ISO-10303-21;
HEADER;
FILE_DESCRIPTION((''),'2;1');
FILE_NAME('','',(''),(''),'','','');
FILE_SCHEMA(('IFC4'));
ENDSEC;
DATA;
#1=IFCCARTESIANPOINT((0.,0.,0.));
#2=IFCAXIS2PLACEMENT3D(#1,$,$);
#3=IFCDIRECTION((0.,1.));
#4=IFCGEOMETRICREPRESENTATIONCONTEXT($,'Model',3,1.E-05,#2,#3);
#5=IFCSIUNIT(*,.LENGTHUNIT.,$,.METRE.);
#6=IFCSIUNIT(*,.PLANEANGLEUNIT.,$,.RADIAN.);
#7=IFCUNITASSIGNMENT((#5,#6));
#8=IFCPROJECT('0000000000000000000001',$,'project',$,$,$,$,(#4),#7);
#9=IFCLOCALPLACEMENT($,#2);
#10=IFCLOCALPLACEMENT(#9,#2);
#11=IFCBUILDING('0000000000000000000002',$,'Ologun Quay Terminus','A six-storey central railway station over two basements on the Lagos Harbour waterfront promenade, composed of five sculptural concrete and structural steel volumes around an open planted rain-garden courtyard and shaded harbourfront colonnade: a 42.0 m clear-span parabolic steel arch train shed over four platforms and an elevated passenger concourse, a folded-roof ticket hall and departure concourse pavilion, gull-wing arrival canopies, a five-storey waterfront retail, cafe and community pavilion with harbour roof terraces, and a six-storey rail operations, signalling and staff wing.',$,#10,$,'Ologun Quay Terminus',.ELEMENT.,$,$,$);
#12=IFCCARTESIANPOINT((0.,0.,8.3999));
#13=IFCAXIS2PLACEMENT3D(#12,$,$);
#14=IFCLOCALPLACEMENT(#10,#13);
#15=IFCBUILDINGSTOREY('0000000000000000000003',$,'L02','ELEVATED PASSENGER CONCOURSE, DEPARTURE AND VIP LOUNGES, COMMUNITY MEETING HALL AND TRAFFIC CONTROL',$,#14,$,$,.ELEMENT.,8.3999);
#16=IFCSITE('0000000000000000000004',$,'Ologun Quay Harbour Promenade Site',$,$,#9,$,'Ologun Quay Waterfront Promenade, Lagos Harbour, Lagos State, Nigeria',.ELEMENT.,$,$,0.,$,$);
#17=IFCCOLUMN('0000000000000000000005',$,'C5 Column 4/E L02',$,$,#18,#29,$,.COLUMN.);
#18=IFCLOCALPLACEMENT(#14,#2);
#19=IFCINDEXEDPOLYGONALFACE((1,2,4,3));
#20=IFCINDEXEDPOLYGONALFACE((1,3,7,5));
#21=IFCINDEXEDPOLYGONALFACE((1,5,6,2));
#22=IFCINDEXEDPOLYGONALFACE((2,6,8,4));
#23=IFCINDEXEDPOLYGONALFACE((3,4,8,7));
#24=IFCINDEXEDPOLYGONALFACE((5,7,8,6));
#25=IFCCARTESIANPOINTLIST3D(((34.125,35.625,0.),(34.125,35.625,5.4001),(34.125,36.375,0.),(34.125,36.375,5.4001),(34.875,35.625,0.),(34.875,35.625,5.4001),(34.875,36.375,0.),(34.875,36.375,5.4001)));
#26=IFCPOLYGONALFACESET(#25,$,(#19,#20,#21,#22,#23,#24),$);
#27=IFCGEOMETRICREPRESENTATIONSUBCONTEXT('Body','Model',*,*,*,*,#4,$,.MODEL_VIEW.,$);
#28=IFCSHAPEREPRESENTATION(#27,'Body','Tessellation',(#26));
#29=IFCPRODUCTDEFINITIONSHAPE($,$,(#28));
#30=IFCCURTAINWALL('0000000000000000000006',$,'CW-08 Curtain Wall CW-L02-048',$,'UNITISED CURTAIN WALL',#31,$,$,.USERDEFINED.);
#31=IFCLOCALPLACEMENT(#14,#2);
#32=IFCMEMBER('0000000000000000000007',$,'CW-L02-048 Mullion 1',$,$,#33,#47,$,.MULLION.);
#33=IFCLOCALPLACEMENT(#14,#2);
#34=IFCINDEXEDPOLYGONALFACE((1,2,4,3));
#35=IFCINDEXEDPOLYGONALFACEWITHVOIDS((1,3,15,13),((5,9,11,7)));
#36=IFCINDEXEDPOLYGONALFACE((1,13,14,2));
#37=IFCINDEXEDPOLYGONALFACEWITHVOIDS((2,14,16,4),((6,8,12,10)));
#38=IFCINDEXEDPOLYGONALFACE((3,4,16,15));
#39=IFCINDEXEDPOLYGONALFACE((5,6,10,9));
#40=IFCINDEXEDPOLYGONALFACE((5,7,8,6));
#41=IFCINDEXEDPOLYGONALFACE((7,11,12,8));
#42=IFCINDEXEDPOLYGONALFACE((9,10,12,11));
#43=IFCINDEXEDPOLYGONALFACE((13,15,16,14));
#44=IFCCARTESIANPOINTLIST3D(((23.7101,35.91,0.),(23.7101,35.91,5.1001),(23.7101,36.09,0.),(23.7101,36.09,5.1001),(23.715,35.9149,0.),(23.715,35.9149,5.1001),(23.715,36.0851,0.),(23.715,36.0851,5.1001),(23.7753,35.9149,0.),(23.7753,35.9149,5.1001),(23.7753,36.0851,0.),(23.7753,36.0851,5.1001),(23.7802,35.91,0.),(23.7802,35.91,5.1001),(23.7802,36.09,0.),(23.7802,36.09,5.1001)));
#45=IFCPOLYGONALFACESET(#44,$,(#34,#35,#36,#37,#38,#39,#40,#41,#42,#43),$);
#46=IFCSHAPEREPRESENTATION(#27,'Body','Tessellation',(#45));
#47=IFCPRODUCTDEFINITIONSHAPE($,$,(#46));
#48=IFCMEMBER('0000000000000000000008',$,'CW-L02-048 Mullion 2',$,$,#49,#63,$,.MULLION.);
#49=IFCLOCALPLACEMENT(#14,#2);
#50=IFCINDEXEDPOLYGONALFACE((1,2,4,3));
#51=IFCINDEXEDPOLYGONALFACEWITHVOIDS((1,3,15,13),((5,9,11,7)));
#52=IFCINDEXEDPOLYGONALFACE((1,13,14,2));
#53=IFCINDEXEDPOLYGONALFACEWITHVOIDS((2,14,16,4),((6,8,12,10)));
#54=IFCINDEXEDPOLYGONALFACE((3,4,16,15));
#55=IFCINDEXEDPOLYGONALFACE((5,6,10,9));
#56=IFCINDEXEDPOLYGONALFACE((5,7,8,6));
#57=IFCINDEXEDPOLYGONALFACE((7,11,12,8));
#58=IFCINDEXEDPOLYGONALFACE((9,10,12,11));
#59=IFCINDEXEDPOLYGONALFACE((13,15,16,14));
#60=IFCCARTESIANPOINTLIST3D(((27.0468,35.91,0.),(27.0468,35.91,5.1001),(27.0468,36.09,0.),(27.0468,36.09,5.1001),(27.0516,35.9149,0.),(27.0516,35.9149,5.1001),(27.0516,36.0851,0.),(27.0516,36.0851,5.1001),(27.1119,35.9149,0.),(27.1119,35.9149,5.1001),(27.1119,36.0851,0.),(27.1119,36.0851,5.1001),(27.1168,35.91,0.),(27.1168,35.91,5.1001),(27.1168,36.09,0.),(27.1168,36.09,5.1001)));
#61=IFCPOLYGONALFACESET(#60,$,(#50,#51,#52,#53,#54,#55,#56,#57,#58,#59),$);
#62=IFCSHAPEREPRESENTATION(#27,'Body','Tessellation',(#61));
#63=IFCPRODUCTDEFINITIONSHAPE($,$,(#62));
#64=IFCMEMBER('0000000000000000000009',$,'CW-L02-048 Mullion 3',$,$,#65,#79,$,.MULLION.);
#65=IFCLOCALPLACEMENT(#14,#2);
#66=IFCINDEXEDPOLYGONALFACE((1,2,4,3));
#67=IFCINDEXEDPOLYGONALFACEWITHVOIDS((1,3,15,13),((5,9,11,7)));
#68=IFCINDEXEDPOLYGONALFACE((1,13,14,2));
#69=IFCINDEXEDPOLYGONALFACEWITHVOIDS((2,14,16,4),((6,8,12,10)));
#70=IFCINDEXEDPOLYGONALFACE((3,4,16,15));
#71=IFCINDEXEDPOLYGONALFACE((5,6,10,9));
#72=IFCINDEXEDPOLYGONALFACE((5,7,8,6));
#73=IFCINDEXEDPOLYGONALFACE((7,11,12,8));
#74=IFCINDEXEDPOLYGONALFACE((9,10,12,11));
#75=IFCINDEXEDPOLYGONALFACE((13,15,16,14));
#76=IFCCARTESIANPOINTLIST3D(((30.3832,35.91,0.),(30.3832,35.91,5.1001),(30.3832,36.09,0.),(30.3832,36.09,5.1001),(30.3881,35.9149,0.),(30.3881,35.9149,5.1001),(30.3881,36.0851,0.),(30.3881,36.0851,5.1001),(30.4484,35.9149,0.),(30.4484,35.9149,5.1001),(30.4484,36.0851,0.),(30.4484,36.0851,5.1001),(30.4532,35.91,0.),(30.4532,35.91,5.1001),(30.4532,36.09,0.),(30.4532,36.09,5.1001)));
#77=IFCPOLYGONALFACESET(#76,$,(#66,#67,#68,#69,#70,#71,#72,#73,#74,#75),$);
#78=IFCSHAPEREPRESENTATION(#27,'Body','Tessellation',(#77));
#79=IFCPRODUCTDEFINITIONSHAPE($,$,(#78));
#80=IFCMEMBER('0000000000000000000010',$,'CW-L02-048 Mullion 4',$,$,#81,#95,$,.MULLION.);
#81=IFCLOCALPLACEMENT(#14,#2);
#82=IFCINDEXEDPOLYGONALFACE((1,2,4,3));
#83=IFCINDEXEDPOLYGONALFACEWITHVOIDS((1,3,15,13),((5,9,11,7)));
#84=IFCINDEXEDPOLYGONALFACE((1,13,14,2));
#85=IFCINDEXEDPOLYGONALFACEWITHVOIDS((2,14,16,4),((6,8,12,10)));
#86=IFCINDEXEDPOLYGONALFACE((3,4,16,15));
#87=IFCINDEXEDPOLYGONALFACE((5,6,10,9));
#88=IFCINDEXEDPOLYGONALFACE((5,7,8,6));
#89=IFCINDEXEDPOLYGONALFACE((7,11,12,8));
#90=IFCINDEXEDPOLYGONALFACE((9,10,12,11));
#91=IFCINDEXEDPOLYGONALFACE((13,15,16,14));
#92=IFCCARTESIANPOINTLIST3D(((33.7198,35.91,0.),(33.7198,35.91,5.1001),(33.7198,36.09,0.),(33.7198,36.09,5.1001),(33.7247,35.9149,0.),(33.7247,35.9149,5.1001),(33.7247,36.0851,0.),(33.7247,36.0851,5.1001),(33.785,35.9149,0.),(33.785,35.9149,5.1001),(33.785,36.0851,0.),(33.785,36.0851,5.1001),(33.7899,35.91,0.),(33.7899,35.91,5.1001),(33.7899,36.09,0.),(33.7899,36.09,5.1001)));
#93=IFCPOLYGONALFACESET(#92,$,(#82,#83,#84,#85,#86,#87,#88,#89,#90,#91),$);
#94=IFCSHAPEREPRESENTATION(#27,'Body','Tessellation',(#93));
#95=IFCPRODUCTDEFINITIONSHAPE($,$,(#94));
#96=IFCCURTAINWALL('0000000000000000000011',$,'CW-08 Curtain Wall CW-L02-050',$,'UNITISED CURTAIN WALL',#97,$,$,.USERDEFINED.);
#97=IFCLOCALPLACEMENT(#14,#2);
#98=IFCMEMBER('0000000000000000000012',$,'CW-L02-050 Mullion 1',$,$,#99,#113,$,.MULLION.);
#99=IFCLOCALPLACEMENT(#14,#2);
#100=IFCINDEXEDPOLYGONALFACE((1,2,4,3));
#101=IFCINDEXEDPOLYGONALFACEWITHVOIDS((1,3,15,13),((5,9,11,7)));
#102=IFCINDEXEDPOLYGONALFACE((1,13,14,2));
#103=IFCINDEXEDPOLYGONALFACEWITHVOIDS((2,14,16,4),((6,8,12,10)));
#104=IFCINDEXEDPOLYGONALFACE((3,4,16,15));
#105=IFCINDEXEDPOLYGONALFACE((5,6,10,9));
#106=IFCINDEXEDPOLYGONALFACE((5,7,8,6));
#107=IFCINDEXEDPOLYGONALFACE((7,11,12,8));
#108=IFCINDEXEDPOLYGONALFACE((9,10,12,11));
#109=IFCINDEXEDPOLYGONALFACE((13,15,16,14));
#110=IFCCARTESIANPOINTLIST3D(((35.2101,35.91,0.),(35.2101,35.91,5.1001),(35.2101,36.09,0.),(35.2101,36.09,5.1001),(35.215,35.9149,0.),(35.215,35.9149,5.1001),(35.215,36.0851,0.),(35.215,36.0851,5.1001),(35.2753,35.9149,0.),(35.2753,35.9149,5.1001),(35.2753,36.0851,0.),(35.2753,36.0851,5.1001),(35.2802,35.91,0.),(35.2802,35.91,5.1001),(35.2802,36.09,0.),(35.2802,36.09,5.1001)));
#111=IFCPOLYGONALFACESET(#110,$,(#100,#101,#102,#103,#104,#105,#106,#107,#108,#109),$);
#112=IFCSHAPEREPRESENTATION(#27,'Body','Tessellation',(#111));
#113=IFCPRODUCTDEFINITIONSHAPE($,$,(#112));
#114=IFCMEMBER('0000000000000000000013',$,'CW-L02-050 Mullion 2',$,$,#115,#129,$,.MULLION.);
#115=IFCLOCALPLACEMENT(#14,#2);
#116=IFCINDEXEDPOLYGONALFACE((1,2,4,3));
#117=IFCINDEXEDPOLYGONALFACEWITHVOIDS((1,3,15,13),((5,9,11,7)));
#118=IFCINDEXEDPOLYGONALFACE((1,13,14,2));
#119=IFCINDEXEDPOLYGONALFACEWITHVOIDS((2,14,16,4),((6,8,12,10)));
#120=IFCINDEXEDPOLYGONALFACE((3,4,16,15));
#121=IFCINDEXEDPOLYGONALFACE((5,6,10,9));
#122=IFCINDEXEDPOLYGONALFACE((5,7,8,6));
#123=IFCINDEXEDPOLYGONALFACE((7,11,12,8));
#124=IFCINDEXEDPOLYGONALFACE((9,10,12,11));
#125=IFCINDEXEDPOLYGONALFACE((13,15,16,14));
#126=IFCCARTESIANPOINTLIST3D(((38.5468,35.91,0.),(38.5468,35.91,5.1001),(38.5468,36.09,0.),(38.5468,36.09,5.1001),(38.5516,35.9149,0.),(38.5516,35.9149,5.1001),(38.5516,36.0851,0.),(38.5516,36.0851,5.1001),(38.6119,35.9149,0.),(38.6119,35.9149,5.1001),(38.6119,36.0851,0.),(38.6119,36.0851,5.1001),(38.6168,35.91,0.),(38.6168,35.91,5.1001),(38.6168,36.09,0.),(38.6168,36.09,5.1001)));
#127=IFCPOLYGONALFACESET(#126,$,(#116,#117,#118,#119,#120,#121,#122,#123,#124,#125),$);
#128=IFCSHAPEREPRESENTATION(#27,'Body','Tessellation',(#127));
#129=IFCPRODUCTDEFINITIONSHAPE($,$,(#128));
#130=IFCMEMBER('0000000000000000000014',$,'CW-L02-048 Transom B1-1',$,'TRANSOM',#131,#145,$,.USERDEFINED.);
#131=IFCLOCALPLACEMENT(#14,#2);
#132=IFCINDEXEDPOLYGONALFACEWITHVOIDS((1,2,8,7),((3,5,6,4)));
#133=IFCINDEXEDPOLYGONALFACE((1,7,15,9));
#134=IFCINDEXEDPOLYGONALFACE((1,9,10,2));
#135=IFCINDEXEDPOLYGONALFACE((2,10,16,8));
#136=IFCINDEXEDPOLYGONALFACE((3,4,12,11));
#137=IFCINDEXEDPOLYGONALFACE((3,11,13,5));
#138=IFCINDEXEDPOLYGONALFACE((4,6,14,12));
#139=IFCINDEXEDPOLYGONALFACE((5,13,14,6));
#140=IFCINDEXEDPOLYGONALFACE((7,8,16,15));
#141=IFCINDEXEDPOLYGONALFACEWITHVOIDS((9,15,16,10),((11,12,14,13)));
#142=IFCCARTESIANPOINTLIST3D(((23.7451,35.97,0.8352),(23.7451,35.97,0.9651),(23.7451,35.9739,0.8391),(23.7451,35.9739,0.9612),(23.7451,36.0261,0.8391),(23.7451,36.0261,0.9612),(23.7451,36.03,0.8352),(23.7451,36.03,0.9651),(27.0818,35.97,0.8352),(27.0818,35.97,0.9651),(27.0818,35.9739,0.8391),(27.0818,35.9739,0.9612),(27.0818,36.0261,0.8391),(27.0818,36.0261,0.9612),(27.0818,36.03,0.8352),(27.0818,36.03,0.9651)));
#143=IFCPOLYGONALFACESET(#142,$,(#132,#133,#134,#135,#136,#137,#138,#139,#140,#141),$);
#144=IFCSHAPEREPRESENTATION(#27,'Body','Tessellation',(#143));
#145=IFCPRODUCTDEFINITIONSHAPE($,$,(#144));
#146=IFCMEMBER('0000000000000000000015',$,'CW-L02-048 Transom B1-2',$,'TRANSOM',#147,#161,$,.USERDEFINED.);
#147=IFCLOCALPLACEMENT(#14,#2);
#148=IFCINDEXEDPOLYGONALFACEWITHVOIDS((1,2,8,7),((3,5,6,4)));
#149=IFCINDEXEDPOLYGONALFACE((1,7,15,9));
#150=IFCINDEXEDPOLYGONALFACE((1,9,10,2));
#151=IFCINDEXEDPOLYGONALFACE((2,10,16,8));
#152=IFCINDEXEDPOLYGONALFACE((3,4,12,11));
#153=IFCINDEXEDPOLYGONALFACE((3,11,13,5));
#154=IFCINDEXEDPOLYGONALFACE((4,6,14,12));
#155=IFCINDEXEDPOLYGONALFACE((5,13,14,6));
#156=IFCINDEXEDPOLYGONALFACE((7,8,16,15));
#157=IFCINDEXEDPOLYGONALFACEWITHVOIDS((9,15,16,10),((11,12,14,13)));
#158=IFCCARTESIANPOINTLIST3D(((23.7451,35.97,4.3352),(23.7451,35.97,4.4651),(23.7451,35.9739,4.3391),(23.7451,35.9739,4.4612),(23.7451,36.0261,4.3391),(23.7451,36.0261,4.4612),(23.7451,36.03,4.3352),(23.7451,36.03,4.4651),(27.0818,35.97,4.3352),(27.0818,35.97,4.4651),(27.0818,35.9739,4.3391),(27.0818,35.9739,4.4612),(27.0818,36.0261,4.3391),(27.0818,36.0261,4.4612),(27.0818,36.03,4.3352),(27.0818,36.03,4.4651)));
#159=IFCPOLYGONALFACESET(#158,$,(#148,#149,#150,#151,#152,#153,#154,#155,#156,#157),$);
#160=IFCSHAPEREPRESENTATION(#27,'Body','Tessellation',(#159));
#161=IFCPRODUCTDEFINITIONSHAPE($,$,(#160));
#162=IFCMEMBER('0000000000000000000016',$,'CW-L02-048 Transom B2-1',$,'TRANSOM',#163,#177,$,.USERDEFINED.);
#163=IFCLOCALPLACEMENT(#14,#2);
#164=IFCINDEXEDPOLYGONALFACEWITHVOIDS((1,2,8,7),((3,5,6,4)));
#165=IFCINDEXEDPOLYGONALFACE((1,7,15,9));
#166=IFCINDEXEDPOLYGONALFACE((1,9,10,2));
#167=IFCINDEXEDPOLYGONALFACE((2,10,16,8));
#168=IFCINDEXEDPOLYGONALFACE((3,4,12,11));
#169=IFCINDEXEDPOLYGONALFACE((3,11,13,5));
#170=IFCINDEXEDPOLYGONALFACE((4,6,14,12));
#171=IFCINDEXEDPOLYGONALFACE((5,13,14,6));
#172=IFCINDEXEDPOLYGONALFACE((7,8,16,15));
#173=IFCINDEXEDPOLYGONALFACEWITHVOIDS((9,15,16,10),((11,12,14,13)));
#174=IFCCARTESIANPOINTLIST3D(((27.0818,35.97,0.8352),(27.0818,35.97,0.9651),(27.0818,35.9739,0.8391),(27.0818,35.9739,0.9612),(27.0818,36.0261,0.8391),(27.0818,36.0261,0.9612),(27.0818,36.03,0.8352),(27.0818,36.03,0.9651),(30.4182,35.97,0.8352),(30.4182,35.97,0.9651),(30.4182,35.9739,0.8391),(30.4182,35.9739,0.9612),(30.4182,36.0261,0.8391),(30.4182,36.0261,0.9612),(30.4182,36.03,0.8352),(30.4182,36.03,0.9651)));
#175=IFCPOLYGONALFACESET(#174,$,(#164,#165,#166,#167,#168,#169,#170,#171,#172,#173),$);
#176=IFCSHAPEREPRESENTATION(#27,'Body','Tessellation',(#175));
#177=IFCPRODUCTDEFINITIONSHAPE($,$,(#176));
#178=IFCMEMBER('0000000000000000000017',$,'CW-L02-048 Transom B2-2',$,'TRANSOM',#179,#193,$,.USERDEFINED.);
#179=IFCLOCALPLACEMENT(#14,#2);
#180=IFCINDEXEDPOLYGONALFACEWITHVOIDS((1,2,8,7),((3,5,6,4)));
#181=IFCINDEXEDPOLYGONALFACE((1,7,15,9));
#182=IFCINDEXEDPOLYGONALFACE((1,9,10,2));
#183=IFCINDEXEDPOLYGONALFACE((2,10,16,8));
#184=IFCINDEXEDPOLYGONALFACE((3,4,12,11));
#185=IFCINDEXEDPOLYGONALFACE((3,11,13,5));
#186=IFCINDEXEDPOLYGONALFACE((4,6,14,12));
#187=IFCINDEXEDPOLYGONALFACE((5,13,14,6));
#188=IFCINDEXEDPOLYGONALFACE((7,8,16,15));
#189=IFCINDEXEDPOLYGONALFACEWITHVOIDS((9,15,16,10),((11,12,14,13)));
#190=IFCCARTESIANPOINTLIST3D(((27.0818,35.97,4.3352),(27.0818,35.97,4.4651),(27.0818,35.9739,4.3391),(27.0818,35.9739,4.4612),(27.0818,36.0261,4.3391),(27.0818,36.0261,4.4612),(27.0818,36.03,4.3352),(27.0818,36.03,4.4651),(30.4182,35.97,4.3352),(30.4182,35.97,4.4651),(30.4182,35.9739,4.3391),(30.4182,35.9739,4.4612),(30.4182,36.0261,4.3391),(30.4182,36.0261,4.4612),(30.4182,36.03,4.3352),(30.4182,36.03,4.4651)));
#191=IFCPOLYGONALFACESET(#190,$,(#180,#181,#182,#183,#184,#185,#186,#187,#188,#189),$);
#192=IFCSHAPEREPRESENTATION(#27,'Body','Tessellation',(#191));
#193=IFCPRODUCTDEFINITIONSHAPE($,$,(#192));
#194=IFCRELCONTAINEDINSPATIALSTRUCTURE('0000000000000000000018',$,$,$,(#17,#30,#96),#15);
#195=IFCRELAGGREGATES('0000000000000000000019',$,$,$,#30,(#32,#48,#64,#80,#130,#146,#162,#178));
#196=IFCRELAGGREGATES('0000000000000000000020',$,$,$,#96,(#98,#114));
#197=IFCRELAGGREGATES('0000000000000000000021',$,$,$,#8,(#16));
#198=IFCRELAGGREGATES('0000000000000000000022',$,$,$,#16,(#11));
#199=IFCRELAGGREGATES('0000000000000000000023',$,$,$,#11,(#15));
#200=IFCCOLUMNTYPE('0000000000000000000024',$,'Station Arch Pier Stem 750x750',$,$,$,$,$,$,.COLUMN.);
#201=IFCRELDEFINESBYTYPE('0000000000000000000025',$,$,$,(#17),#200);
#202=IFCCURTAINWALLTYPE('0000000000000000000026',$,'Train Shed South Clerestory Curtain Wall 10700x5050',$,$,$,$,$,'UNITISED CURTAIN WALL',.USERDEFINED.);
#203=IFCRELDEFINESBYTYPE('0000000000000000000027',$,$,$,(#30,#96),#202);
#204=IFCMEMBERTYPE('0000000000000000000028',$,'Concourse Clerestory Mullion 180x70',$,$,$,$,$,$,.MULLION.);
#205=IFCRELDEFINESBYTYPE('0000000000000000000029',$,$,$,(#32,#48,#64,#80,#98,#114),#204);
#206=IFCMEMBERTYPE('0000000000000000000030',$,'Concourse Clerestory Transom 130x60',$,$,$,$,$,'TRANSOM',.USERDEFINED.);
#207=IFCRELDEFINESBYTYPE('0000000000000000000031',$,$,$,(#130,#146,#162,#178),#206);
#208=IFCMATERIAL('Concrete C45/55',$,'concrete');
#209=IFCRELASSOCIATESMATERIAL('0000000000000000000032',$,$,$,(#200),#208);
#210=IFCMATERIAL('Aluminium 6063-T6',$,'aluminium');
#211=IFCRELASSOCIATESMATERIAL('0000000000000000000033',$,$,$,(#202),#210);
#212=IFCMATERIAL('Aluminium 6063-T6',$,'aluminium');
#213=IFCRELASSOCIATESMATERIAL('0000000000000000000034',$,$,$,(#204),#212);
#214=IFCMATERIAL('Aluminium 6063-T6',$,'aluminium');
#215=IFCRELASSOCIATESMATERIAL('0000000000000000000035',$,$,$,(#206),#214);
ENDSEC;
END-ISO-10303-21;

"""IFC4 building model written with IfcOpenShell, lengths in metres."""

from ifc_helpers import new_model, si_unit, direction, frame, origin, origin_2d, place, context, subcontext, project, spatial, rectangle, hollow_rectangle, extrude, material, material_profile, profile_set, type_object, element, aggregate, save


model = new_model("IFC4")

# Units and contexts
model_context = context("Model", 3, precision=1e-05, world=origin(), true_north=direction((0.0, 1.0)))
body_context = subcontext(model_context, "Body", "Model", "MODEL_VIEW")
ifc_project = project(units=[si_unit("LENGTHUNIT", "METRE"), si_unit("PLANEANGLEUNIT", "RADIAN")], contexts=[model_context])

# Site, building, storey
site_placement = place(None, origin())
site = spatial("IfcSite", under=ifc_project, at=site_placement, Name="Ologun Quay Harbour Promenade Site", LongName="Ologun Quay Waterfront Promenade, Lagos Harbour, Lagos State, Nigeria", CompositionType="ELEMENT", RefElevation=0.0)
building_placement = place(site_placement, origin())
building = spatial("IfcBuilding", under=site, at=building_placement, Name="Ologun Quay Terminus", Description="A six-storey central railway station over two basements on the Lagos Harbour waterfront promenade, composed of five sculptural concrete and structural steel volumes around an open planted rain-garden courtyard and shaded harbourfront colonnade: a 42.0 m clear-span parabolic steel arch train shed over four platforms and an elevated passenger concourse, a folded-roof ticket hall and departure concourse pavilion, gull-wing arrival canopies, a five-storey waterfront retail, cafe and community pavilion with harbour roof terraces, and a six-storey rail operations, signalling and staff wing.", LongName="Ologun Quay Terminus", CompositionType="ELEMENT")
storey_placement = place(building_placement, frame((0.0, 0.0, 8.3999)))
storey = spatial("IfcBuildingStorey", under=building, at=storey_placement, Name="L02", Description="ELEVATED PASSENGER CONCOURSE, DEPARTURE AND VIP LOUNGES, COMMUNITY MEETING HALL AND TRAFFIC CONTROL", CompositionType="ELEMENT", Elevation=8.3999)

# Column
ifc_material_1 = material(Name="Concrete C45/55", Category="concrete")
ifc_material_profile_1 = material_profile(ifc_material_1, rectangle(XDim=0.75, YDim=0.75, at=origin_2d()), Name="RC 750x750")
ifc_profile_set_1 = profile_set([ifc_material_profile_1], Name="Concrete C45/55")
column_type = type_object("IfcColumnType", Name="Station Arch Pier Stem 750x750", PredefinedType="COLUMN", material=ifc_profile_set_1)
column_placement = place(storey_placement, frame((34.5, 36.0, 0.0), z_axis=(0.0, 0.0, 1.0), x_axis=(1.0, 0.0, 0.0)))
element("IfcColumn", 1, at=column_placement, inside=storey, type_object=column_type, Name="C5 Column 4/E L02", PredefinedType="COLUMN", context=body_context, shape_type="SweptSolid", body=[
    extrude(rectangle(XDim=0.75, YDim=0.75, at=origin_2d()), origin(), (0.0, 0.0, 1.0), 5.4001),
])

# Curtain walls, members
ifc_material_2 = material(Name="Aluminium 6063-T6", Category="aluminium")
curtain_wall_type = type_object("IfcCurtainWallType", Name="Train Shed South Clerestory Curtain Wall 10700x5050", ElementType="UNITISED CURTAIN WALL", PredefinedType="USERDEFINED", material=ifc_material_2)
curtain_wall_1_placement = place(storey_placement, origin())
curtain_wall_1 = element("IfcCurtainWall", 2, at=curtain_wall_1_placement, inside=storey, type_object=curtain_wall_type, Name="CW-08 Curtain Wall CW-L02-048", ObjectType="UNITISED CURTAIN WALL", PredefinedType="USERDEFINED")
ifc_material_3 = material(Name="Aluminium 6063-T6", Category="aluminium")
ifc_material_profile_2 = material_profile(ifc_material_3, hollow_rectangle(XDim=0.0701, YDim=0.1799, WallThickness=0.0049, at=origin_2d()), Name="ALU 180x70x5")
ifc_profile_set_2 = profile_set([ifc_material_profile_2], Name="Aluminium 6063-T6")
member_type_1 = type_object("IfcMemberType", Name="Concourse Clerestory Mullion 180x70", PredefinedType="MULLION", material=ifc_profile_set_2)
member_1_placement = place(storey_placement, frame((23.7451, 36.0, 0.0), z_axis=(0.0, 0.0, 1.0), x_axis=(1.0, 0.0, 0.0)))
member_1 = element("IfcMember", 3, at=member_1_placement, type_object=member_type_1, Name="CW-L02-048 Mullion 1", PredefinedType="MULLION", context=body_context, shape_type="SweptSolid", body=[
    extrude(hollow_rectangle(XDim=0.0701, YDim=0.1799, WallThickness=0.0049, at=origin_2d()), origin(), (0.0, 0.0, 1.0), 5.1001),
])
member_2_placement = place(storey_placement, frame((27.0818, 36.0, 0.0), z_axis=(0.0, 0.0, 1.0), x_axis=(1.0, 0.0, 0.0)))
member_2 = element("IfcMember", 4, at=member_2_placement, type_object=member_type_1, Name="CW-L02-048 Mullion 2", PredefinedType="MULLION", context=body_context, shape_type="SweptSolid", body=[
    extrude(hollow_rectangle(XDim=0.0701, YDim=0.1799, WallThickness=0.0049, at=origin_2d()), origin(), (0.0, 0.0, 1.0), 5.1001),
])
member_3_placement = place(storey_placement, frame((30.4182, 36.0, 0.0), z_axis=(0.0, 0.0, 1.0), x_axis=(1.0, 0.0, 0.0)))
member_3 = element("IfcMember", 5, at=member_3_placement, type_object=member_type_1, Name="CW-L02-048 Mullion 3", PredefinedType="MULLION", context=body_context, shape_type="SweptSolid", body=[
    extrude(hollow_rectangle(XDim=0.0701, YDim=0.1799, WallThickness=0.0049, at=origin_2d()), origin(), (0.0, 0.0, 1.0), 5.1001),
])
member_4_placement = place(storey_placement, frame((33.7549, 36.0, 0.0), z_axis=(0.0, 0.0, 1.0), x_axis=(1.0, 0.0, 0.0)))
member_4 = element("IfcMember", 6, at=member_4_placement, type_object=member_type_1, Name="CW-L02-048 Mullion 4", PredefinedType="MULLION", context=body_context, shape_type="SweptSolid", body=[
    extrude(hollow_rectangle(XDim=0.0701, YDim=0.1799, WallThickness=0.0049, at=origin_2d()), origin(), (0.0, 0.0, 1.0), 5.1001),
])
curtain_wall_2_placement = place(storey_placement, origin())
curtain_wall_2 = element("IfcCurtainWall", 7, at=curtain_wall_2_placement, inside=storey, type_object=curtain_wall_type, Name="CW-08 Curtain Wall CW-L02-050", ObjectType="UNITISED CURTAIN WALL", PredefinedType="USERDEFINED")
member_5_placement = place(storey_placement, frame((35.2451, 36.0, 0.0), z_axis=(0.0, 0.0, 1.0), x_axis=(1.0, 0.0, 0.0)))
member_5 = element("IfcMember", 8, at=member_5_placement, type_object=member_type_1, Name="CW-L02-050 Mullion 1", PredefinedType="MULLION", context=body_context, shape_type="SweptSolid", body=[
    extrude(hollow_rectangle(XDim=0.0701, YDim=0.1799, WallThickness=0.0049, at=origin_2d()), origin(), (0.0, 0.0, 1.0), 5.1001),
])
member_6_placement = place(storey_placement, frame((38.5818, 36.0, 0.0), z_axis=(0.0, 0.0, 1.0), x_axis=(1.0, 0.0, 0.0)))
member_6 = element("IfcMember", 9, at=member_6_placement, type_object=member_type_1, Name="CW-L02-050 Mullion 2", PredefinedType="MULLION", context=body_context, shape_type="SweptSolid", body=[
    extrude(hollow_rectangle(XDim=0.0701, YDim=0.1799, WallThickness=0.0049, at=origin_2d()), origin(), (0.0, 0.0, 1.0), 5.1001),
])

# Members
ifc_material_4 = material(Name="Aluminium 6063-T6", Category="aluminium")
ifc_material_profile_3 = material_profile(ifc_material_4, hollow_rectangle(XDim=0.0601, YDim=0.1299, WallThickness=0.0039, at=origin_2d()), Name="ALU 130x60x4")
ifc_profile_set_3 = profile_set([ifc_material_profile_3], Name="Aluminium 6063-T6")
member_type_2 = type_object("IfcMemberType", Name="Concourse Clerestory Transom 130x60", ElementType="TRANSOM", PredefinedType="USERDEFINED", material=ifc_profile_set_3)
member_7_placement = place(storey_placement, frame((23.7451, 36.0, 0.9001), z_axis=(1.0, 0.0, 0.0), x_axis=(0.0, 1.0, 0.0)))
member_7 = element("IfcMember", 10, at=member_7_placement, type_object=member_type_2, Name="CW-L02-048 Transom B1-1", ObjectType="TRANSOM", PredefinedType="USERDEFINED", context=body_context, shape_type="SweptSolid", body=[
    extrude(hollow_rectangle(XDim=0.0601, YDim=0.1299, WallThickness=0.0039, at=origin_2d()), origin(), (0.0, 0.0, 1.0), 3.3367),
])
member_8_placement = place(storey_placement, frame((23.7451, 36.0, 4.4001), z_axis=(1.0, 0.0, 0.0), x_axis=(0.0, 1.0, 0.0)))
member_8 = element("IfcMember", 11, at=member_8_placement, type_object=member_type_2, Name="CW-L02-048 Transom B1-2", ObjectType="TRANSOM", PredefinedType="USERDEFINED", context=body_context, shape_type="SweptSolid", body=[
    extrude(hollow_rectangle(XDim=0.0601, YDim=0.1299, WallThickness=0.0039, at=origin_2d()), origin(), (0.0, 0.0, 1.0), 3.3367),
])
member_9_placement = place(storey_placement, frame((27.0818, 36.0, 0.9001), z_axis=(1.0, 0.0, 0.0), x_axis=(0.0, 1.0, 0.0)))
member_9 = element("IfcMember", 12, at=member_9_placement, type_object=member_type_2, Name="CW-L02-048 Transom B2-1", ObjectType="TRANSOM", PredefinedType="USERDEFINED", context=body_context, shape_type="SweptSolid", body=[
    extrude(hollow_rectangle(XDim=0.0601, YDim=0.1299, WallThickness=0.0039, at=origin_2d()), origin(), (0.0, 0.0, 1.0), 3.3364),
])
member_10_placement = place(storey_placement, frame((27.0818, 36.0, 4.4001), z_axis=(1.0, 0.0, 0.0), x_axis=(0.0, 1.0, 0.0)))
member_10 = element("IfcMember", 13, at=member_10_placement, type_object=member_type_2, Name="CW-L02-048 Transom B2-2", ObjectType="TRANSOM", PredefinedType="USERDEFINED", context=body_context, shape_type="SweptSolid", body=[
    extrude(hollow_rectangle(XDim=0.0601, YDim=0.1299, WallThickness=0.0039, at=origin_2d()), origin(), (0.0, 0.0, 1.0), 3.3364),
])

aggregate(curtain_wall_1, [member_1, member_2, member_3, member_4, member_7, member_8, member_9, member_10])
aggregate(curtain_wall_2, [member_5, member_6])

save(model, "model.ifc")
